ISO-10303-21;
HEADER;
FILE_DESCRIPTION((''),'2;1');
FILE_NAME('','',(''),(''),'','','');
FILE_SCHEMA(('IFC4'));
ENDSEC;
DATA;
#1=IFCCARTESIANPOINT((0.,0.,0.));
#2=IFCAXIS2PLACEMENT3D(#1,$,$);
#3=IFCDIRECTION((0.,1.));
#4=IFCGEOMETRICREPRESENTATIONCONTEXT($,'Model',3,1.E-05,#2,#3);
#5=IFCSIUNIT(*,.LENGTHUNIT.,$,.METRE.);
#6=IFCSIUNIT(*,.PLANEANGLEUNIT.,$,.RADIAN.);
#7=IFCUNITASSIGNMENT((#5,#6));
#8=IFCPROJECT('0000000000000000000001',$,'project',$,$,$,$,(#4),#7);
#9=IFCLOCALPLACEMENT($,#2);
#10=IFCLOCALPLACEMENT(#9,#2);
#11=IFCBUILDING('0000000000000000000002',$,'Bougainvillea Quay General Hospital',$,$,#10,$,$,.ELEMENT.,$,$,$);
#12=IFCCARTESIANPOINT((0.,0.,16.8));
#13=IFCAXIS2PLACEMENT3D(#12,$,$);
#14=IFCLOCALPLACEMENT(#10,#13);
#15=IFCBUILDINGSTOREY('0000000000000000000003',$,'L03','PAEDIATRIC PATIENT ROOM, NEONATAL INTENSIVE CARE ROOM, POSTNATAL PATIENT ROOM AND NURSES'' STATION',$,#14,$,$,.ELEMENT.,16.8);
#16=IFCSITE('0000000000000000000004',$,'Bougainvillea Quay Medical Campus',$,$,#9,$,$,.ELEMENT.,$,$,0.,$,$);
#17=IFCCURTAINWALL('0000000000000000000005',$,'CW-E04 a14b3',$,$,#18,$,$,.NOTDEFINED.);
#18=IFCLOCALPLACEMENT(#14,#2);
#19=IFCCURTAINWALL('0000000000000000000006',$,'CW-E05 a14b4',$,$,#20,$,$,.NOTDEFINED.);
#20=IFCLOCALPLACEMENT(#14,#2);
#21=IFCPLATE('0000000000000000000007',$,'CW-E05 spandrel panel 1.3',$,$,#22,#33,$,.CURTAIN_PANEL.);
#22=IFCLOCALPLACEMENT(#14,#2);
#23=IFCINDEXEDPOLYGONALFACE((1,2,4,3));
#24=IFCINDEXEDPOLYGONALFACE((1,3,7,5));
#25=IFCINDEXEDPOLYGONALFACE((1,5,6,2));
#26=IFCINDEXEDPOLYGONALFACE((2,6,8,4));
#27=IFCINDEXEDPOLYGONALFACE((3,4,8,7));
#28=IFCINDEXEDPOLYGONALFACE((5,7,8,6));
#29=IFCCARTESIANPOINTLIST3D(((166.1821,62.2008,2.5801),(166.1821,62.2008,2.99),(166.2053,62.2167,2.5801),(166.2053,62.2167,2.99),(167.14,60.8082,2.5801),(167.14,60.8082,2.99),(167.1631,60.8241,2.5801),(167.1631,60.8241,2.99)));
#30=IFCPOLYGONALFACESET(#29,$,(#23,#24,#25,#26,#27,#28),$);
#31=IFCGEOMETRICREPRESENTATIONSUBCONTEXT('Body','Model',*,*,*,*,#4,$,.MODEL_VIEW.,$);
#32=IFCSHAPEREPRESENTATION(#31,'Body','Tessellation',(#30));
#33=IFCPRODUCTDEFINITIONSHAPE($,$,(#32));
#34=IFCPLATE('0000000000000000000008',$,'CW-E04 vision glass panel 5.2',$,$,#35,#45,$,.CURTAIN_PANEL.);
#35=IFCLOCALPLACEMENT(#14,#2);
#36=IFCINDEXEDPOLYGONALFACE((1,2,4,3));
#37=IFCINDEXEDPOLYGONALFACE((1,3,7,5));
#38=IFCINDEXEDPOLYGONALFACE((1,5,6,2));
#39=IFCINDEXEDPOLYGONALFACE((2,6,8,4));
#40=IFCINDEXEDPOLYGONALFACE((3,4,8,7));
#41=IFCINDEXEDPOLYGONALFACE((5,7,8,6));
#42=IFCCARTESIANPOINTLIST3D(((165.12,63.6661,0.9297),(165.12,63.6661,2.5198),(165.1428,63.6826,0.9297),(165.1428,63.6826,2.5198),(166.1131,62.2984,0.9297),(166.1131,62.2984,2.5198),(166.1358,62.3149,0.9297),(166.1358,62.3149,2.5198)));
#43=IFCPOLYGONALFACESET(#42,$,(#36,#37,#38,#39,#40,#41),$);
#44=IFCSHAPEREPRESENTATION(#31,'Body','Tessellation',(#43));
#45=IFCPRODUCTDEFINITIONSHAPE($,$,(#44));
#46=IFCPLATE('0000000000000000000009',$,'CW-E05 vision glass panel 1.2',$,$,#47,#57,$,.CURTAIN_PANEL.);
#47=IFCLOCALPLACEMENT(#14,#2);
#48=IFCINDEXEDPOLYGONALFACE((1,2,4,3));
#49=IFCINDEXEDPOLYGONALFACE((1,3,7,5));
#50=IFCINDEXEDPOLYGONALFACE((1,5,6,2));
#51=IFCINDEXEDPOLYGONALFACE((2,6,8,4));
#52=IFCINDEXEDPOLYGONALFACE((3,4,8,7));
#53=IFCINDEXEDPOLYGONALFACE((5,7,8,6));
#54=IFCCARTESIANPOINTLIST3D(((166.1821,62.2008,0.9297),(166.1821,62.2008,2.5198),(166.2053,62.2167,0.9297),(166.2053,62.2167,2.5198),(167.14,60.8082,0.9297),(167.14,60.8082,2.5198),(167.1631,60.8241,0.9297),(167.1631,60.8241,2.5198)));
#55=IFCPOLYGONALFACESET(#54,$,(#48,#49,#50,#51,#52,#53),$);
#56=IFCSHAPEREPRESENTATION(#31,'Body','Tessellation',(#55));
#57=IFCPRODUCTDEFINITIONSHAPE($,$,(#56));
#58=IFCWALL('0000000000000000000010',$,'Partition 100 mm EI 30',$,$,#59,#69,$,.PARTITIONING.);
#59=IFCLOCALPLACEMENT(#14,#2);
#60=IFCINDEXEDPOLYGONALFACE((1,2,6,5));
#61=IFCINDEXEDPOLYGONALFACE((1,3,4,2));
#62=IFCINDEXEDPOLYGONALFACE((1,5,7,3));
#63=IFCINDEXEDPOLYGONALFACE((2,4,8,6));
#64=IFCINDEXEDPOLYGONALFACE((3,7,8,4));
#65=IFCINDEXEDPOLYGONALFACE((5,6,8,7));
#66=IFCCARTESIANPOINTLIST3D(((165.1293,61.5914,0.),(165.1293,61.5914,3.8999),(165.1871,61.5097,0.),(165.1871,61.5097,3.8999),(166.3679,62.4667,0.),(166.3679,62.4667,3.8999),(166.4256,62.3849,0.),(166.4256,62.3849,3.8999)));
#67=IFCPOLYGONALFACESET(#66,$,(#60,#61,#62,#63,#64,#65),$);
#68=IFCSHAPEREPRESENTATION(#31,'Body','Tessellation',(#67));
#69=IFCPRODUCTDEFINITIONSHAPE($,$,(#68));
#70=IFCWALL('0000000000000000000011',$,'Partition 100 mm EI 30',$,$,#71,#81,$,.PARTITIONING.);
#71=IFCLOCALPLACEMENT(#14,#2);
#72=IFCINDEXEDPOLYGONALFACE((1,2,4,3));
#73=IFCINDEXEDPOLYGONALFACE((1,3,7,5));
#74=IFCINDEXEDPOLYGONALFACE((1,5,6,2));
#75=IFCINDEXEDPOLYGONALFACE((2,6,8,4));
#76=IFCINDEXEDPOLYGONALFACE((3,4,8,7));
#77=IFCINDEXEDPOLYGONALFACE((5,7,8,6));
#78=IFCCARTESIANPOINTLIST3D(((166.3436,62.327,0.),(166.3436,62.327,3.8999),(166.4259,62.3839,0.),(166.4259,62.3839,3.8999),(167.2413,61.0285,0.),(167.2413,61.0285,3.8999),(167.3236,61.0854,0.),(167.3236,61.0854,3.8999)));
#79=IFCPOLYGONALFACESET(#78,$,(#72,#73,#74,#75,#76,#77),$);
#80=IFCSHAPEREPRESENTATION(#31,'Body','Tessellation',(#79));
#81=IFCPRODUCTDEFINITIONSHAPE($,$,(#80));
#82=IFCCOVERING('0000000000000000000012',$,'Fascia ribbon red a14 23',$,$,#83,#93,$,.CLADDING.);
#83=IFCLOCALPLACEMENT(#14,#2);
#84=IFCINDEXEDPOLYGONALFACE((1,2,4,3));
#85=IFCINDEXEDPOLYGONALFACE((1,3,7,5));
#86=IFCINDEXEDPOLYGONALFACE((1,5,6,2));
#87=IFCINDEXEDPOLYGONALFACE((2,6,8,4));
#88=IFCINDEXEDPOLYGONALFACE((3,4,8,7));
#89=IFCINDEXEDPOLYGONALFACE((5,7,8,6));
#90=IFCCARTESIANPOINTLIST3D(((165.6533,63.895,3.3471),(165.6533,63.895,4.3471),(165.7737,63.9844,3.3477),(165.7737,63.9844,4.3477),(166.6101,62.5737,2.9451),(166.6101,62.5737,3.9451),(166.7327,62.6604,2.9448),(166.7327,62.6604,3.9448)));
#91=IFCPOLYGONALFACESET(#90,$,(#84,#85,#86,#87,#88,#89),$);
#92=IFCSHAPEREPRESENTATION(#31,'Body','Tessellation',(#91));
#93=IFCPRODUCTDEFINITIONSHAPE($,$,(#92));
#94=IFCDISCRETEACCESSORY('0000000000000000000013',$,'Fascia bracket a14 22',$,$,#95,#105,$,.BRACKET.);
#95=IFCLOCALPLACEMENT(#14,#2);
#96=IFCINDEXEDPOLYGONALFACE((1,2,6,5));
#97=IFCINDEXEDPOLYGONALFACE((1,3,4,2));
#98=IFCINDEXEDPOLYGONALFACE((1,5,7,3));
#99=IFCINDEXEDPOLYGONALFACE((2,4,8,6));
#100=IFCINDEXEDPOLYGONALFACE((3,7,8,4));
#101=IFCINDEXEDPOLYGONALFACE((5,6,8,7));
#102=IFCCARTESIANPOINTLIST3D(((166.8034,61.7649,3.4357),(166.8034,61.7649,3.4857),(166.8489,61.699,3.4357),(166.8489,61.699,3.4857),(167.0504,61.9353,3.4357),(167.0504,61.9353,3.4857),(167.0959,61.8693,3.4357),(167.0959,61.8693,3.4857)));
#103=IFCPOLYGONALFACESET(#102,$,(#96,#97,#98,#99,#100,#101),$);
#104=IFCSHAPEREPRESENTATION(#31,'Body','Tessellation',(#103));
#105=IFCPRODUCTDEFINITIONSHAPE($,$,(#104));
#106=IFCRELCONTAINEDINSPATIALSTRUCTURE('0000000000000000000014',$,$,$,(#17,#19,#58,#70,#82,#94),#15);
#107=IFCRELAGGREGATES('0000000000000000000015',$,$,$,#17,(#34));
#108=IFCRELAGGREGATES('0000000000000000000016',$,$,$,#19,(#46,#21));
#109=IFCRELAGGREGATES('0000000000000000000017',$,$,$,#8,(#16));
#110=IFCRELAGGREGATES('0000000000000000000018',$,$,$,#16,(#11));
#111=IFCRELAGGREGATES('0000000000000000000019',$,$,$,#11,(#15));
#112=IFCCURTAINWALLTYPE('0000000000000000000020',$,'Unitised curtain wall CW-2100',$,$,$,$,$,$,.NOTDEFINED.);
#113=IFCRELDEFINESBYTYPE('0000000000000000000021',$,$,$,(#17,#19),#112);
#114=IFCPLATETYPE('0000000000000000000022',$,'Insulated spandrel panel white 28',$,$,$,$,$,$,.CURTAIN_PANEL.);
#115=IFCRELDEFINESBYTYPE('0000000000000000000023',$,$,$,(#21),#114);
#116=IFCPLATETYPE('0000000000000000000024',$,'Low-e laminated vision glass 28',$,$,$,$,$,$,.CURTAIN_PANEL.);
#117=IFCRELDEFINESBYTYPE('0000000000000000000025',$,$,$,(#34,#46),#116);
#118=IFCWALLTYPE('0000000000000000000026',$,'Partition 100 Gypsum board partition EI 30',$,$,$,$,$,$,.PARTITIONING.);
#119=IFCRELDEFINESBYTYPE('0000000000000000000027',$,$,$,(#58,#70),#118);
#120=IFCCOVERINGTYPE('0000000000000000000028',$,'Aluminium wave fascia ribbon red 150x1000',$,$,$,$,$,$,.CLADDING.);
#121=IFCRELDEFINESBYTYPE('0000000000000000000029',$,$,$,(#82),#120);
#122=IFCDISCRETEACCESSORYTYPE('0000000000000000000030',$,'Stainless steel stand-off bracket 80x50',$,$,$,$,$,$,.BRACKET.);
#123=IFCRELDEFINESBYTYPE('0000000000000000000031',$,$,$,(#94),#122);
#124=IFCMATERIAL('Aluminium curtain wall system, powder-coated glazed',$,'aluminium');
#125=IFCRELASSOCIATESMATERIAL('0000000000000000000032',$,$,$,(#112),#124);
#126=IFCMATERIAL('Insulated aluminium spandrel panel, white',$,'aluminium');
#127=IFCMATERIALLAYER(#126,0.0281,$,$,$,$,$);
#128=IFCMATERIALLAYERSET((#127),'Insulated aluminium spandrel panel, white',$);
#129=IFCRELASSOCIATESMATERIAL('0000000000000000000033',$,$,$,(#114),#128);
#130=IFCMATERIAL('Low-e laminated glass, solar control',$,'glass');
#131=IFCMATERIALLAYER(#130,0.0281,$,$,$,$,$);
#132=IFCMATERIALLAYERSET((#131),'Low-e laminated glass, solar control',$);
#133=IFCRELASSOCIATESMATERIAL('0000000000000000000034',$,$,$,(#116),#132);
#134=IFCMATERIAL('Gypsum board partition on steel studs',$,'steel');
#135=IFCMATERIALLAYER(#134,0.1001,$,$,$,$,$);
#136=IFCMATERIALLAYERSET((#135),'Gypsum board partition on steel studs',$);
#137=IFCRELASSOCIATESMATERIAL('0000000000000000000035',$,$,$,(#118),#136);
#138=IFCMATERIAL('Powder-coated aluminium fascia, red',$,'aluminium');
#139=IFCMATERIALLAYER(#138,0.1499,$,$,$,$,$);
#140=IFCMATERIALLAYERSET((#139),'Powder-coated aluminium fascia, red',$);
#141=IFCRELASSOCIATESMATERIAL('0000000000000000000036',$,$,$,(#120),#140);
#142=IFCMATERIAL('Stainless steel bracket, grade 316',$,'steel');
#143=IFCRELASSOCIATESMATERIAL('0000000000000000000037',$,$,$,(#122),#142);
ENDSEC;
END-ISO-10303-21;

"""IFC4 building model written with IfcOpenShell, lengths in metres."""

from ifc_helpers import new_model, si_unit, direction, frame, frame_2d, origin, origin_2d, place, context, subcontext, project, spatial, polyline, rectangle, outline, extrude, material, layer, layer_set, material_profile, profile_set, type_object, element, aggregate, save


model = new_model("IFC4")

# Units and contexts
model_context = context("Model", 3, precision=1e-05, world=origin(), true_north=direction((0.0, 1.0)))
body_context = subcontext(model_context, "Body", "Model", "MODEL_VIEW")
ifc_project = project(units=[si_unit("LENGTHUNIT", "METRE"), si_unit("PLANEANGLEUNIT", "RADIAN")], contexts=[model_context])

# Site, building, storey
site_placement = place(None, origin())
site = spatial("IfcSite", under=ifc_project, at=site_placement, Name="Bougainvillea Quay Medical Campus", CompositionType="ELEMENT", RefElevation=0.0)
building_placement = place(site_placement, origin())
building = spatial("IfcBuilding", under=site, at=building_placement, Name="Bougainvillea Quay General Hospital", CompositionType="ELEMENT")
storey_placement = place(building_placement, frame((0.0, 0.0, 16.8)))
storey = spatial("IfcBuildingStorey", under=building, at=storey_placement, Name="L03", Description="PAEDIATRIC PATIENT ROOM, NEONATAL INTENSIVE CARE ROOM, POSTNATAL PATIENT ROOM AND NURSES' STATION", CompositionType="ELEMENT", Elevation=16.8)

# Curtain wall
ifc_material_1 = material(Name="Aluminium curtain wall system, powder-coated glazed", Category="aluminium")
curtain_wall_type = type_object("IfcCurtainWallType", Name="Unitised curtain wall CW-2100", PredefinedType="NOTDEFINED", material=ifc_material_1)
curtain_wall_1_placement = place(storey_placement, origin())
curtain_wall_1 = element("IfcCurtainWall", 1, at=curtain_wall_1_placement, inside=storey, type_object=curtain_wall_type, Name="CW-E04 a14b3", PredefinedType="NOTDEFINED")

# Curtain wall
curtain_wall_2_placement = place(storey_placement, origin())
curtain_wall_2 = element("IfcCurtainWall", 2, at=curtain_wall_2_placement, inside=storey, type_object=curtain_wall_type, Name="CW-E05 a14b4", PredefinedType="NOTDEFINED")

# Plates
ifc_material_2 = material(Name="Insulated aluminium spandrel panel, white", Category="aluminium")
ifc_layer_1 = layer(ifc_material_2, 0.0281)
ifc_layer_set_1 = layer_set([ifc_layer_1], Name="Insulated aluminium spandrel panel, white")
plate_type_1 = type_object("IfcPlateType", Name="Insulated spandrel panel white 28", PredefinedType="CURTAIN_PANEL", material=ifc_layer_set_1)
plate_1_placement = place(storey_placement, frame((166.6726, 61.5125, 2.5801), z_axis=(0.0, 0.0, 1.0), x_axis=(0.566705, -0.823921, 0.0)))
plate_1 = element("IfcPlate", 3, at=plate_1_placement, type_object=plate_type_1, Name="CW-E05 spandrel panel 1.3", PredefinedType="CURTAIN_PANEL", context=body_context, shape_type="SweptSolid", body=[
    extrude(rectangle(XDim=1.6902, YDim=0.0281, at=origin_2d()), origin(), (0.0, 0.0, 1.0), 0.4099),
])
ifc_material_3 = material(Name="Low-e laminated glass, solar control", Category="glass")
ifc_layer_2 = layer(ifc_material_3, 0.0281)
ifc_layer_set_2 = layer_set([ifc_layer_2], Name="Low-e laminated glass, solar control")
plate_type_2 = type_object("IfcPlateType", Name="Low-e laminated vision glass 28", PredefinedType="CURTAIN_PANEL", material=ifc_layer_set_2)
plate_2_placement = place(storey_placement, frame((165.6279, 62.9905, 0.9297), z_axis=(0.0, 0.0, 1.0), x_axis=(0.587548, -0.809189, 0.0)))
plate_2 = element("IfcPlate", 4, at=plate_2_placement, type_object=plate_type_2, Name="CW-E04 vision glass panel 5.2", PredefinedType="CURTAIN_PANEL", context=body_context, shape_type="SweptSolid", body=[
    extrude(rectangle(XDim=1.6902, YDim=0.0281, at=origin_2d()), origin(), (0.0, 0.0, 1.0), 1.5901),
])
aggregate(curtain_wall_1, [plate_2])
plate_3_placement = place(storey_placement, frame((166.6726, 61.5125, 0.9297), z_axis=(0.0, 0.0, 1.0), x_axis=(0.566705, -0.823921, 0.0)))
plate_3 = element("IfcPlate", 5, at=plate_3_placement, type_object=plate_type_2, Name="CW-E05 vision glass panel 1.2", PredefinedType="CURTAIN_PANEL", context=body_context, shape_type="SweptSolid", body=[
    extrude(rectangle(XDim=1.6902, YDim=0.0281, at=origin_2d()), origin(), (0.0, 0.0, 1.0), 1.5901),
])
aggregate(curtain_wall_2, [plate_3, plate_1])

# Walls
ifc_material_4 = material(Name="Gypsum board partition on steel studs", Category="steel")
ifc_layer_3 = layer(ifc_material_4, 0.1001)
ifc_layer_set_3 = layer_set([ifc_layer_3], Name="Gypsum board partition on steel studs")
wall_type = type_object("IfcWallType", Name="Partition 100 Gypsum board partition EI 30", PredefinedType="PARTITIONING", material=ifc_layer_set_3)
wall_1_placement = place(storey_placement, frame((165.1582, 61.5505, 0.0), z_axis=(0.0, 0.0, 1.0), x_axis=(0.81666, 0.577119, 0.0)))
element("IfcWall", 6, at=wall_1_placement, inside=storey, type_object=wall_type, Name="Partition 100 mm EI 30", PredefinedType="PARTITIONING", context=body_context, shape_type="SweptSolid", body=[
    extrude(rectangle(XDim=1.5166, YDim=0.1001, at=frame_2d((0.7583, 0.0))), origin(), (0.0, 0.0, 1.0), 3.8999),
])
wall_2_placement = place(storey_placement, frame((166.3848, 62.3555, 0.0), z_axis=(0.0, 0.0, 1.0), x_axis=(0.568647, -0.822582, 0.0)))
element("IfcWall", 7, at=wall_2_placement, inside=storey, type_object=wall_type, Name="Partition 100 mm EI 30", PredefinedType="PARTITIONING", context=body_context, shape_type="SweptSolid", body=[
    extrude(rectangle(XDim=1.5786, YDim=0.1001, at=frame_2d((0.7893, 0.0))), origin(), (0.0, 0.0, 1.0), 3.8999),
])

# Covering
ifc_material_5 = material(Name="Powder-coated aluminium fascia, red", Category="aluminium")
ifc_layer_4 = layer(ifc_material_5, 0.1499)
ifc_layer_set_4 = layer_set([ifc_layer_4], Name="Powder-coated aluminium fascia, red")
covering_type = type_object("IfcCoveringType", Name="Aluminium wave fascia ribbon red 150x1000", PredefinedType="CLADDING", material=ifc_layer_set_4)
covering_placement = place(storey_placement, frame((166.6101, 62.5737, 2.9451), z_axis=(0.139767, -0.194229, 0.970948), x_axis=(-0.569468, 0.786414, 0.239289)))
element("IfcCovering", 8, at=covering_placement, inside=storey, type_object=covering_type, Name="Fascia ribbon red a14 23", PredefinedType="CLADDING", context=body_context, shape_type="SweptSolid", body=[
    extrude(outline(polyline([(0.0, 0.0), (1.6802, 0.0), (1.682, -0.1499), (-0.0017, -0.1501), (0.0, 0.0)])), origin(), (0.239289, -0.000692, 0.970948), 1.0),
])

# Discrete accessory
ifc_material_6 = material(Name="Stainless steel bracket, grade 316", Category="steel")
ifc_material_profile_1 = material_profile(ifc_material_6, rectangle(XDim=0.0801, YDim=0.05, at=origin_2d()))
ifc_profile_set_1 = profile_set([ifc_material_profile_1], Name="Stainless steel bracket, grade 316")
discrete_accessory_type = type_object("IfcDiscreteAccessoryType", Name="Stainless steel stand-off bracket 80x50", PredefinedType="BRACKET", material=ifc_profile_set_1)
discrete_accessory_placement = place(storey_placement, frame((166.8262, 61.7319, 3.4607), z_axis=(0.823187, 0.567771, 0.0), x_axis=(-0.567771, 0.823187, 0.0)))
element("IfcDiscreteAccessory", 9, at=discrete_accessory_placement, inside=storey, type_object=discrete_accessory_type, Name="Fascia bracket a14 22", PredefinedType="BRACKET", context=body_context, shape_type="SweptSolid", body=[
    extrude(rectangle(XDim=0.0801, YDim=0.05, at=origin_2d()), origin(), (0.0, 0.0, 1.0), 0.3),
])

save(model, "model.ifc")
